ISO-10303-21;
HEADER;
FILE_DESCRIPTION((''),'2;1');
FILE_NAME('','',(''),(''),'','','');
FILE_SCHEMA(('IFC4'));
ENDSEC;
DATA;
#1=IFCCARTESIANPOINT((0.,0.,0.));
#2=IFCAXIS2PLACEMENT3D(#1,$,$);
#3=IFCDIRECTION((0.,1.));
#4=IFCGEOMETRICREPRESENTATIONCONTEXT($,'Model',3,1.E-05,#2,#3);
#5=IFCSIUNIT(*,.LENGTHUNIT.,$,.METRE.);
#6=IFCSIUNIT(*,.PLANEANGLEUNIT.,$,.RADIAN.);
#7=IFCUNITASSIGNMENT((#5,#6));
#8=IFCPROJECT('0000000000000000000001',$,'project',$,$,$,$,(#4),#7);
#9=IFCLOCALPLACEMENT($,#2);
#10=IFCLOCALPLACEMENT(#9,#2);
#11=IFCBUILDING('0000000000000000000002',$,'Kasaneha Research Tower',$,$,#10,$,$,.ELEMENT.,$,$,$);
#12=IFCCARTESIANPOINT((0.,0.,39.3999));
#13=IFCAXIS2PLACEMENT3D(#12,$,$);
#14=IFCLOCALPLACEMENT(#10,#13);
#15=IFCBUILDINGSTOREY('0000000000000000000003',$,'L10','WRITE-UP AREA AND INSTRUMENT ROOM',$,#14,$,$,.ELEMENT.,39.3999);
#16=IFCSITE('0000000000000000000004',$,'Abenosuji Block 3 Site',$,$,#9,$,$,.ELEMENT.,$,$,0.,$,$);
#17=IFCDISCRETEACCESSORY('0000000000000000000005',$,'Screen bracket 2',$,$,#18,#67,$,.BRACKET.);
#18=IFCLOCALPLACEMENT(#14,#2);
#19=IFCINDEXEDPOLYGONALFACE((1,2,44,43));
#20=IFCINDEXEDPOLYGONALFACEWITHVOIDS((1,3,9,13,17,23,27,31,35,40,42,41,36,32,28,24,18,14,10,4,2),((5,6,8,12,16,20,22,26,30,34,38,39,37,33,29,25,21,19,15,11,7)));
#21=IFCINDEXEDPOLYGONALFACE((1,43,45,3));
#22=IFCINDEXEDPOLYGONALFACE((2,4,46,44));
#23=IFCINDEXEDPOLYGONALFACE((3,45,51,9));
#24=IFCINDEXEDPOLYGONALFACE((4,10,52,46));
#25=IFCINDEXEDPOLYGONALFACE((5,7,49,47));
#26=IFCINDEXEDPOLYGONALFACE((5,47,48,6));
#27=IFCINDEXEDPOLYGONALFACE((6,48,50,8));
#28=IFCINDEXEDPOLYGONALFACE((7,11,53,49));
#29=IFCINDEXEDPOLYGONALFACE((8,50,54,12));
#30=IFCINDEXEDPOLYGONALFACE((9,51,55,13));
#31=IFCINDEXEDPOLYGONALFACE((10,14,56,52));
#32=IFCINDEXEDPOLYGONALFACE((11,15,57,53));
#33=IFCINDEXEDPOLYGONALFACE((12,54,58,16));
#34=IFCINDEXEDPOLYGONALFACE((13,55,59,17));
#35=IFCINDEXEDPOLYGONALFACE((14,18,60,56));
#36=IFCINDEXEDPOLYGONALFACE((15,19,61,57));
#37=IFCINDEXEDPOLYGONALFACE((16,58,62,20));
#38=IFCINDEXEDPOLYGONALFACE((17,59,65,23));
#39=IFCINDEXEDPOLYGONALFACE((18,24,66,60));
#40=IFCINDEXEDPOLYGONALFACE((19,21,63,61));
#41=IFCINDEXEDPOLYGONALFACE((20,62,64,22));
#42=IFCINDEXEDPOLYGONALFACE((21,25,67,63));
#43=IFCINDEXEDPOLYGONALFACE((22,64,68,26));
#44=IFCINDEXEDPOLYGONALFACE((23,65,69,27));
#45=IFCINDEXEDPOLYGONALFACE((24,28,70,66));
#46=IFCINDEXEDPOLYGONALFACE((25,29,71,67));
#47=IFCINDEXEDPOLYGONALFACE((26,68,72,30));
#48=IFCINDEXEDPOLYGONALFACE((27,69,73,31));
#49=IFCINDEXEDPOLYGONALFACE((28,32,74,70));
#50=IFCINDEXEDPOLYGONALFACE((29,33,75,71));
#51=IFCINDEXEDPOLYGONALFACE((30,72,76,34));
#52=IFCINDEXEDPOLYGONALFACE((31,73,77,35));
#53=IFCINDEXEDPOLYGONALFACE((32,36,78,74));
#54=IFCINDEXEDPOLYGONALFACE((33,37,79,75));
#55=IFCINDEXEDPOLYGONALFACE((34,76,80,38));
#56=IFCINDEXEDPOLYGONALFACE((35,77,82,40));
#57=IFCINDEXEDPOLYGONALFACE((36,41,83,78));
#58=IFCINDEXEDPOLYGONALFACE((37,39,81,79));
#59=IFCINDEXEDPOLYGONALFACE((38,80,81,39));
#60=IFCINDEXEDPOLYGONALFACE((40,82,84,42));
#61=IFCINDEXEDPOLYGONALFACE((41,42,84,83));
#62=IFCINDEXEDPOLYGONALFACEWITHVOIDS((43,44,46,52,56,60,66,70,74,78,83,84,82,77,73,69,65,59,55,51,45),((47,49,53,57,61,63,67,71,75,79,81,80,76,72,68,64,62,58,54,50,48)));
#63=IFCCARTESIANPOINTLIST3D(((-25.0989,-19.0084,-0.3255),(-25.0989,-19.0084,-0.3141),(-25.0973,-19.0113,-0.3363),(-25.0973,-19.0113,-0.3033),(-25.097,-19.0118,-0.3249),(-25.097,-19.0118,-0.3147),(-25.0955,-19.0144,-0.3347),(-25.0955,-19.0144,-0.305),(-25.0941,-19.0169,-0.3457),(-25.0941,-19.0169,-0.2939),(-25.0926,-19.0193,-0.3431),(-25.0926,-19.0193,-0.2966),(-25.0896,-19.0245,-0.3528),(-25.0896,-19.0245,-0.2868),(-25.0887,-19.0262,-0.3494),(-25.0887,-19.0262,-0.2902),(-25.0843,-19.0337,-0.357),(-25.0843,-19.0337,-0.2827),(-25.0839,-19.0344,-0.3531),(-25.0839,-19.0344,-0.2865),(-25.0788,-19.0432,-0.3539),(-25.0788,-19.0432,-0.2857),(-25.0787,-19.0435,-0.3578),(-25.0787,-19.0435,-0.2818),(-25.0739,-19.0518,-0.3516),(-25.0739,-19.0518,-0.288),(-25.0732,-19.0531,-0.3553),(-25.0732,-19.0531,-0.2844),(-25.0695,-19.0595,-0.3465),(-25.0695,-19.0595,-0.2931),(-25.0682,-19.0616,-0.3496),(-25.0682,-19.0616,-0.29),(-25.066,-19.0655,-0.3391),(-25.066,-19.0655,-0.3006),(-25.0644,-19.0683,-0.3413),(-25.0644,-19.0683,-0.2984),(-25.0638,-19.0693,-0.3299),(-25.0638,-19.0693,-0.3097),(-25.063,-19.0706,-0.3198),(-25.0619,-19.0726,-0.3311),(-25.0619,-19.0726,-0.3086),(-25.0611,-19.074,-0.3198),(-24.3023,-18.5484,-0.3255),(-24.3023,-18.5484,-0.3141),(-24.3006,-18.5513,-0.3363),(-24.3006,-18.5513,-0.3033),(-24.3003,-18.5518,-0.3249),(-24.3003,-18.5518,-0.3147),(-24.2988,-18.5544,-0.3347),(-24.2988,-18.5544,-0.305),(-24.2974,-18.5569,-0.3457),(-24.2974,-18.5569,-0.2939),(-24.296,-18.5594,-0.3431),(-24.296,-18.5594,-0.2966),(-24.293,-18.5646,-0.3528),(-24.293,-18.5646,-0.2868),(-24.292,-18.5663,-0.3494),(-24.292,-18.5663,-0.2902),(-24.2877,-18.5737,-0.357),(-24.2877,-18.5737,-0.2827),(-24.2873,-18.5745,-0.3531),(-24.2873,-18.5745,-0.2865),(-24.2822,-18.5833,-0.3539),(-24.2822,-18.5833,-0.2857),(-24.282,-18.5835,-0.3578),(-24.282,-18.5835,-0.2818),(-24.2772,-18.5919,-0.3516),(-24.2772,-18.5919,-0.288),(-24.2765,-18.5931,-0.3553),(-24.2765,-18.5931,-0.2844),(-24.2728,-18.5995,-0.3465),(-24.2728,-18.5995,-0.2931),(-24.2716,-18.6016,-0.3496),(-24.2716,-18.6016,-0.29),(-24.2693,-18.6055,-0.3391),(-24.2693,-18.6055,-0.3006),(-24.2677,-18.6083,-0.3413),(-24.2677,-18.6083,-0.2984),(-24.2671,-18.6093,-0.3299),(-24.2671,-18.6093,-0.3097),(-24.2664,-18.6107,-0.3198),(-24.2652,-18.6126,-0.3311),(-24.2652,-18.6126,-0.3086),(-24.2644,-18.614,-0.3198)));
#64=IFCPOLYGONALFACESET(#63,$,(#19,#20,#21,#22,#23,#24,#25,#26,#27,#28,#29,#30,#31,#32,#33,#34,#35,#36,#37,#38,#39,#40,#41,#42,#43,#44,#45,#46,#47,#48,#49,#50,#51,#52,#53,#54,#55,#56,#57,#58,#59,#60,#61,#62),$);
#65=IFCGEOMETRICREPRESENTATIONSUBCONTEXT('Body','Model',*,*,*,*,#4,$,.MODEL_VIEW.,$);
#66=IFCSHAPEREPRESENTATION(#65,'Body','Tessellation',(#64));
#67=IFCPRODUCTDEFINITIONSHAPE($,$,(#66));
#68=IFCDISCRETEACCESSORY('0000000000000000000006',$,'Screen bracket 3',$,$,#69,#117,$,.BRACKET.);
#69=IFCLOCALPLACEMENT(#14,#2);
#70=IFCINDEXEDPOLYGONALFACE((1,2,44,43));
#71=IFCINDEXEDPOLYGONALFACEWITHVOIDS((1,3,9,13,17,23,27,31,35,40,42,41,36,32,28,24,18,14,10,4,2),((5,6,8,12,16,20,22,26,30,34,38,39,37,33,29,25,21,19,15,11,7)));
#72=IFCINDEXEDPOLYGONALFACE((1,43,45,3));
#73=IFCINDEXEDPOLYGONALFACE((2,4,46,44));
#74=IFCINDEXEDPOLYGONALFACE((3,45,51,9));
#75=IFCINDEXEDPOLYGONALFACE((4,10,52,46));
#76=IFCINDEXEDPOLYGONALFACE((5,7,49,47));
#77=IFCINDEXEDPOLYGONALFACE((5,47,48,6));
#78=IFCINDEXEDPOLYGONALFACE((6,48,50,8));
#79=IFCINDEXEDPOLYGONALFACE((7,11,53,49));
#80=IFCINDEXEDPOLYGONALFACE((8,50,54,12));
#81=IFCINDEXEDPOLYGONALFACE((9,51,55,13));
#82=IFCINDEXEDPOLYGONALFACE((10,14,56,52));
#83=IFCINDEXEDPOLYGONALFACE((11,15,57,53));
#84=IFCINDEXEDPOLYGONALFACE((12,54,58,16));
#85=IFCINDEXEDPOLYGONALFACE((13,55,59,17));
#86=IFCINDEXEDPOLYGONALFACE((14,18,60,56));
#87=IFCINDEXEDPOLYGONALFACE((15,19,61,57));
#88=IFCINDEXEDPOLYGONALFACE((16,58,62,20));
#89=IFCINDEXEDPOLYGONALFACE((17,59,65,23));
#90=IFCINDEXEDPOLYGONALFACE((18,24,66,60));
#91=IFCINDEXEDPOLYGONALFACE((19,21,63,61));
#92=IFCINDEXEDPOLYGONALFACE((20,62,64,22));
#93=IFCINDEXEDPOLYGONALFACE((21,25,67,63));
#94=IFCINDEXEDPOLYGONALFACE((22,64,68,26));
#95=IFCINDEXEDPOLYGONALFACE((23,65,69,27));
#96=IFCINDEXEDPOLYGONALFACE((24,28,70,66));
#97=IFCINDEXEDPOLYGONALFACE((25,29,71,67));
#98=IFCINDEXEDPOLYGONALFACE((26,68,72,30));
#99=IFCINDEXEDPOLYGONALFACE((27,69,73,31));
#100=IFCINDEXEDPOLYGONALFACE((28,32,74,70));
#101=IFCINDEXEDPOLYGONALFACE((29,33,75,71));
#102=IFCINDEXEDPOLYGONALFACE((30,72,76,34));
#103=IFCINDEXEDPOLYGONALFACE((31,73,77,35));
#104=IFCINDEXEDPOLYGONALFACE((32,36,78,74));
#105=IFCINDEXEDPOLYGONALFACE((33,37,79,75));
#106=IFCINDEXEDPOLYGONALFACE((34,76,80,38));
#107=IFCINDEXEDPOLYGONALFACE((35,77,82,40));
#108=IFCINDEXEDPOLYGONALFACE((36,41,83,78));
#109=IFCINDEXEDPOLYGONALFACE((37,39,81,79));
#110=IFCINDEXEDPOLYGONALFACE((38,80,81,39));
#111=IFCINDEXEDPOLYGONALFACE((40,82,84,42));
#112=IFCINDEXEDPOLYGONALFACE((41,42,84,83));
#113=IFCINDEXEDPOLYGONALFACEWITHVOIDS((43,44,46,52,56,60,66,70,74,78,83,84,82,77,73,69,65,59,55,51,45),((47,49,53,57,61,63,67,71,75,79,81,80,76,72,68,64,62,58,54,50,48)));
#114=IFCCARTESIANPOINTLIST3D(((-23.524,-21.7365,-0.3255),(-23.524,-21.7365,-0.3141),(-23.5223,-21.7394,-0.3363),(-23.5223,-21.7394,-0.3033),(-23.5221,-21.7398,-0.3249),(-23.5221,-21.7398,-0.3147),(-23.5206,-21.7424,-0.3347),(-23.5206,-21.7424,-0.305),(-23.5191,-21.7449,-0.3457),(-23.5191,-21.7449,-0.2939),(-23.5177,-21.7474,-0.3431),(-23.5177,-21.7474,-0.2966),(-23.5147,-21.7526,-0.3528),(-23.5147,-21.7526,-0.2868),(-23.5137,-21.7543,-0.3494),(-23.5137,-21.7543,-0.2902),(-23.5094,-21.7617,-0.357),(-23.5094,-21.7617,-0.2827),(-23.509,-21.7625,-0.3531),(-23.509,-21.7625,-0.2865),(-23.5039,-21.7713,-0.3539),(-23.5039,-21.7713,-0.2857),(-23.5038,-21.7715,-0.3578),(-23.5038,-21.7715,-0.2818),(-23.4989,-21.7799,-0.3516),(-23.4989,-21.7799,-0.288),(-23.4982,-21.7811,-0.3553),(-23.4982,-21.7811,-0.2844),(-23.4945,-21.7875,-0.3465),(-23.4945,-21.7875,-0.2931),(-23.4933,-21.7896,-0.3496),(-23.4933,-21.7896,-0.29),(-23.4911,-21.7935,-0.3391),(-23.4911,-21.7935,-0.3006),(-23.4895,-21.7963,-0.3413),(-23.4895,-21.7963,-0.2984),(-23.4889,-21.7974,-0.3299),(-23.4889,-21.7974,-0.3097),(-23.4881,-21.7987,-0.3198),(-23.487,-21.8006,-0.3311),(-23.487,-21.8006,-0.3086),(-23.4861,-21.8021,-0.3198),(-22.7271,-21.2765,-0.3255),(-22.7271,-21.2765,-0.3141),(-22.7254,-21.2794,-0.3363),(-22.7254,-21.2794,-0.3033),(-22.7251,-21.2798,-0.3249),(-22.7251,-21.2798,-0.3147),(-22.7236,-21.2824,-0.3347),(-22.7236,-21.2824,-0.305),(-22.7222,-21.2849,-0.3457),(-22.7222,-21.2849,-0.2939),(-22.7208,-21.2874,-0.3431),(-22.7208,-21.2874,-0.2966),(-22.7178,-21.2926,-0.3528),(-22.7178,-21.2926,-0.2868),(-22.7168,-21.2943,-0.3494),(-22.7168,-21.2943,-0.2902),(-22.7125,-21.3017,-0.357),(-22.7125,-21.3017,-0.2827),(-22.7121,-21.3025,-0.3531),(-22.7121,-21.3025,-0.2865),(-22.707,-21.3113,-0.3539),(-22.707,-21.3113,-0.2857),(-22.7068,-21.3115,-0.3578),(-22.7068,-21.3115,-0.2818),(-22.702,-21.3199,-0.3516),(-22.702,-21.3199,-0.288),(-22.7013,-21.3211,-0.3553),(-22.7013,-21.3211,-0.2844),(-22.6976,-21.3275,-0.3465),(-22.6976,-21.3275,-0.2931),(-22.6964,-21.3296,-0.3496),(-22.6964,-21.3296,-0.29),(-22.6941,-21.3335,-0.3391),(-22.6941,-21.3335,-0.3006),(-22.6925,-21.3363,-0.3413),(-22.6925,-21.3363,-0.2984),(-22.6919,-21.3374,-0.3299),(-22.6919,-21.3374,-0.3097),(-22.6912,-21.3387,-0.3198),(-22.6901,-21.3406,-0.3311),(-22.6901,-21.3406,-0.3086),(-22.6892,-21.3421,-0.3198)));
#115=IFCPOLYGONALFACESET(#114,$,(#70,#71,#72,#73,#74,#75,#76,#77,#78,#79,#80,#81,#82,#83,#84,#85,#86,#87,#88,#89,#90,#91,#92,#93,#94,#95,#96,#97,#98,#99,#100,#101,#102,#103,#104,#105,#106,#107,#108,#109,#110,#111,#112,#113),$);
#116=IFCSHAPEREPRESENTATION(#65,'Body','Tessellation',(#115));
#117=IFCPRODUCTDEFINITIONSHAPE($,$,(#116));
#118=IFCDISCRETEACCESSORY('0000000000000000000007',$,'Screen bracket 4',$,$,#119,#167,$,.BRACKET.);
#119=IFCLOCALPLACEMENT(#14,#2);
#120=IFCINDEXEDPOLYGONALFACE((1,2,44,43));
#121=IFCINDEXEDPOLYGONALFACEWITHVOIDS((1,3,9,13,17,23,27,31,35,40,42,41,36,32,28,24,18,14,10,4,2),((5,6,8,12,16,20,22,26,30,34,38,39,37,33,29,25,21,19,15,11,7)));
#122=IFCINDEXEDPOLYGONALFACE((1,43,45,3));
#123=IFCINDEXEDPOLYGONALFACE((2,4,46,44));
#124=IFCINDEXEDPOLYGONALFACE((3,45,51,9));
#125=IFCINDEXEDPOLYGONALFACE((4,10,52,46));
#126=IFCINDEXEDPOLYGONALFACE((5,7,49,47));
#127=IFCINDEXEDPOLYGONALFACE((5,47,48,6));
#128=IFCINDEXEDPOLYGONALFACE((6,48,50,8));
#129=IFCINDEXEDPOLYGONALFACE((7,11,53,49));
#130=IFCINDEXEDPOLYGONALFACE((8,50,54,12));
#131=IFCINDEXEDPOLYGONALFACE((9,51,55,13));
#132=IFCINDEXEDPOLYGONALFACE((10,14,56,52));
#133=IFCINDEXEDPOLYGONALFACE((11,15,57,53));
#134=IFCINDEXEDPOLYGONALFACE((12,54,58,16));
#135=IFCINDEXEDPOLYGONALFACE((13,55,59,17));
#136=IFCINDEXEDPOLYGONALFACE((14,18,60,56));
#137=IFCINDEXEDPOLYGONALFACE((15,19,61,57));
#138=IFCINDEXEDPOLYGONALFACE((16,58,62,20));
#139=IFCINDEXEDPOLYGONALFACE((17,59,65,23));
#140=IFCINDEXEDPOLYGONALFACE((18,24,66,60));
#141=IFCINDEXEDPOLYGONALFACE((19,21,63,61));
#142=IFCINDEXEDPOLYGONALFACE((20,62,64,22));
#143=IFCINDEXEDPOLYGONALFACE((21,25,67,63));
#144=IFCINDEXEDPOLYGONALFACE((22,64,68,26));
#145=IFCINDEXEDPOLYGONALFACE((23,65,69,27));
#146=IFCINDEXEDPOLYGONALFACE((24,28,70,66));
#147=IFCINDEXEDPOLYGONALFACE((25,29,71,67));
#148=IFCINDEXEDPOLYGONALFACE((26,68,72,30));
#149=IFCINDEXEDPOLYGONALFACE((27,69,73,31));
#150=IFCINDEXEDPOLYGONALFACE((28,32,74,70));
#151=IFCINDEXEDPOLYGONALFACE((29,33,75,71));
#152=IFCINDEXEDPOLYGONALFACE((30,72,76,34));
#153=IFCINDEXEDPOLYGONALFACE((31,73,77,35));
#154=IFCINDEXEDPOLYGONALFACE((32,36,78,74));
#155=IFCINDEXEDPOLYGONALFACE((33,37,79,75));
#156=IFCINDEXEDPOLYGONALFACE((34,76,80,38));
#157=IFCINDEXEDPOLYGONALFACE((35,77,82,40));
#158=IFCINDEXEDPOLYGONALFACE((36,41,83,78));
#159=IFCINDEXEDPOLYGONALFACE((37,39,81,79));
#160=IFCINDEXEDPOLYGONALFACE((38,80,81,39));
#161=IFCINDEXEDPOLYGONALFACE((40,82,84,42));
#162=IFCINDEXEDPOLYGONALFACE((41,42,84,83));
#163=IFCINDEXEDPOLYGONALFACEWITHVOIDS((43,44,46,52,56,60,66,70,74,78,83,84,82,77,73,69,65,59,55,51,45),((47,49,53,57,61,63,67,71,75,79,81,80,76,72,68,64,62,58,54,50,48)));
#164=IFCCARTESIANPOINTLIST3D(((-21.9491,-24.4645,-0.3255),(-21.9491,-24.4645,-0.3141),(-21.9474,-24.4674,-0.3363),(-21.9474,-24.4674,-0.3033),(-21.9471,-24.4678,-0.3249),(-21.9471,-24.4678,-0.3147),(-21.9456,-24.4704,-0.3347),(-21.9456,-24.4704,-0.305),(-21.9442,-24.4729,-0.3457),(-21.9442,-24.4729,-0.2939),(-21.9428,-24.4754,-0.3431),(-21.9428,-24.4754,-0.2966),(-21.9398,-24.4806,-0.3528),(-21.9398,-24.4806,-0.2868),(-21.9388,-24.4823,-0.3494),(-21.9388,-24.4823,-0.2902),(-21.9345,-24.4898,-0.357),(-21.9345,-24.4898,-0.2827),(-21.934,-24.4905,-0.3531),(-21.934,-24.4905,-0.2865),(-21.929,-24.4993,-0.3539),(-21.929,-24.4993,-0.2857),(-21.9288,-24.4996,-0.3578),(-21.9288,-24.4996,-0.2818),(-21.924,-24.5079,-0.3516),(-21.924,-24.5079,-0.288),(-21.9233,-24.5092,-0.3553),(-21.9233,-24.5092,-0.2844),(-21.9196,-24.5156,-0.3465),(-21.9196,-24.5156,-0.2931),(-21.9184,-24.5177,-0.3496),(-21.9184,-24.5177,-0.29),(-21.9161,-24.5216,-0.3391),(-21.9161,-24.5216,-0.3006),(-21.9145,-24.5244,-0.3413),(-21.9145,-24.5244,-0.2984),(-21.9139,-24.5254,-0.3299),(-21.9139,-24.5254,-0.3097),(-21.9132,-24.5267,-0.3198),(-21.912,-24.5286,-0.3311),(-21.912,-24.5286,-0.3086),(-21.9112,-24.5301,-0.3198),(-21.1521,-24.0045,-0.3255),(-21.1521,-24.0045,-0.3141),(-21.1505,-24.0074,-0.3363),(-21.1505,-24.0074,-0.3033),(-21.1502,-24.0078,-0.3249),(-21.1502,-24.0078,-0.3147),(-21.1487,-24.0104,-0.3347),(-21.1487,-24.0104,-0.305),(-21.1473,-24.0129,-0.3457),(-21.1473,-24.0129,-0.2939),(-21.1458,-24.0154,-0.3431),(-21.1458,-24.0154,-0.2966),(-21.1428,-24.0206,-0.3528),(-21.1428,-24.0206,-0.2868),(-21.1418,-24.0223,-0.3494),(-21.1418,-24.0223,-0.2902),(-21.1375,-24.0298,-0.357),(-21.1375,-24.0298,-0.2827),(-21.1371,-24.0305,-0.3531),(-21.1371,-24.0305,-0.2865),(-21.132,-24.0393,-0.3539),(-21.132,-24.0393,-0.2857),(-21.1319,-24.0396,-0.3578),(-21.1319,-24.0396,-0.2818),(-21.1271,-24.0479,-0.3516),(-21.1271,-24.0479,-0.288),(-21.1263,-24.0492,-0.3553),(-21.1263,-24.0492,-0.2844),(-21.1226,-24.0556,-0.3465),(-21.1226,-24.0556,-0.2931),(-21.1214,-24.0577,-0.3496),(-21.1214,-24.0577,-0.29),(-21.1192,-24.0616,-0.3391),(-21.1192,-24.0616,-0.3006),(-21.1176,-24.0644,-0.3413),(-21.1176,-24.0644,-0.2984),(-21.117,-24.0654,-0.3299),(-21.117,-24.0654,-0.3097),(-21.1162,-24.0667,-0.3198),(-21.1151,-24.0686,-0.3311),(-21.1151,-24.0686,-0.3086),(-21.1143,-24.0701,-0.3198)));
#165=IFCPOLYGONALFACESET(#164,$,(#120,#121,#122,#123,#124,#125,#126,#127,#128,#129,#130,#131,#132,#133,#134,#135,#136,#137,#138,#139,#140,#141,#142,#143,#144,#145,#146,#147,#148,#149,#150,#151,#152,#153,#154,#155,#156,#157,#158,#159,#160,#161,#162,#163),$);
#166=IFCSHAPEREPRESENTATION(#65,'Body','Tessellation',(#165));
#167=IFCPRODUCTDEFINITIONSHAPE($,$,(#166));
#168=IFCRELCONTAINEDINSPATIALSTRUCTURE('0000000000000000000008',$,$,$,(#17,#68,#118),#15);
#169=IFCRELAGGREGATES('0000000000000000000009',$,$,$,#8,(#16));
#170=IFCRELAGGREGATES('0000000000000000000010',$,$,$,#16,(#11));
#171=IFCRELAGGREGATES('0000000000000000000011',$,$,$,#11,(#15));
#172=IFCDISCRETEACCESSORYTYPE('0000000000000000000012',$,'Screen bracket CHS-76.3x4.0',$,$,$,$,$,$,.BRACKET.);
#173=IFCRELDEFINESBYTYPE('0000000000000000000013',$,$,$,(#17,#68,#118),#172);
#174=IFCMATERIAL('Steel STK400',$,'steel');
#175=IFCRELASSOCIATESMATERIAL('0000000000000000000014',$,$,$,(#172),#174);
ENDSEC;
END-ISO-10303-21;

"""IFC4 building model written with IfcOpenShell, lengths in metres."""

from ifc_helpers import new_model, si_unit, direction, frame, origin, origin_2d, place, context, subcontext, project, spatial, hollow_circle, extrude, material, material_profile, profile_set, type_object, element, save


model = new_model("IFC4")

# Units and contexts
model_context = context("Model", 3, precision=1e-05, world=origin(), true_north=direction((0.0, 1.0)))
body_context = subcontext(model_context, "Body", "Model", "MODEL_VIEW")
ifc_project = project(units=[si_unit("LENGTHUNIT", "METRE"), si_unit("PLANEANGLEUNIT", "RADIAN")], contexts=[model_context])

# Site, building, storey
site_placement = place(None, origin())
site = spatial("IfcSite", under=ifc_project, at=site_placement, Name="Abenosuji Block 3 Site", CompositionType="ELEMENT", RefElevation=0.0)
building_placement = place(site_placement, origin())
building = spatial("IfcBuilding", under=site, at=building_placement, Name="Kasaneha Research Tower", CompositionType="ELEMENT")
storey_placement = place(building_placement, frame((0.0, 0.0, 39.3999)))
storey = spatial("IfcBuildingStorey", under=building, at=storey_placement, Name="L10", Description="WRITE-UP AREA AND INSTRUMENT ROOM", CompositionType="ELEMENT", Elevation=39.3999)

# Discrete accessories
ifc_material_1 = material(Name="Steel STK400", Category="steel")
ifc_material_profile_1 = material_profile(ifc_material_1, hollow_circle(Radius=0.0381, WallThickness=0.0039, at=origin_2d()), Name="CHS-76.3x4.0")
ifc_profile_set_1 = profile_set([ifc_material_profile_1], Name="Steel STK400")
discrete_accessory_type = type_object("IfcDiscreteAccessoryType", Name="Screen bracket CHS-76.3x4.0", PredefinedType="BRACKET", material=ifc_profile_set_1)
for number, where, z_axis, x_axis, name in (
    (1, (-24.2834, -18.5811, -0.3198), (-0.866013, -0.500021, 0.0), (0.500021, -0.866013, 0.0), "Screen bracket 2"),
):
    element("IfcDiscreteAccessory", number, at=place(storey_placement, frame(where, z_axis=z_axis, x_axis=x_axis)), inside=storey, type_object=discrete_accessory_type, Name=name, PredefinedType="BRACKET", context=body_context, shape_type="SweptSolid", body=[
        extrude(hollow_circle(Radius=0.0381, WallThickness=0.0039, at=origin_2d()), origin(), (0.0, 0.0, 1.0), 0.9199),
    ])
for number, where, z_axis, x_axis, name in (
    (2, (-22.7083, -21.3091, -0.3198), (-0.86608, -0.499906, 0.0), (0.499906, -0.86608, 0.0), "Screen bracket 3"),
    (3, (-21.1333, -24.0371, -0.3198), (-0.86608, -0.499906, 0.0), (0.499906, -0.86608, 0.0), "Screen bracket 4"),
):
    element("IfcDiscreteAccessory", number, at=place(storey_placement, frame(where, z_axis=z_axis, x_axis=x_axis)), inside=storey, type_object=discrete_accessory_type, Name=name, PredefinedType="BRACKET", context=body_context, shape_type="SweptSolid", body=[
        extrude(hollow_circle(Radius=0.0381, WallThickness=0.0039, at=origin_2d()), origin(), (0.0, 0.0, 1.0), 0.9202),
    ])

save(model, "model.ifc")
